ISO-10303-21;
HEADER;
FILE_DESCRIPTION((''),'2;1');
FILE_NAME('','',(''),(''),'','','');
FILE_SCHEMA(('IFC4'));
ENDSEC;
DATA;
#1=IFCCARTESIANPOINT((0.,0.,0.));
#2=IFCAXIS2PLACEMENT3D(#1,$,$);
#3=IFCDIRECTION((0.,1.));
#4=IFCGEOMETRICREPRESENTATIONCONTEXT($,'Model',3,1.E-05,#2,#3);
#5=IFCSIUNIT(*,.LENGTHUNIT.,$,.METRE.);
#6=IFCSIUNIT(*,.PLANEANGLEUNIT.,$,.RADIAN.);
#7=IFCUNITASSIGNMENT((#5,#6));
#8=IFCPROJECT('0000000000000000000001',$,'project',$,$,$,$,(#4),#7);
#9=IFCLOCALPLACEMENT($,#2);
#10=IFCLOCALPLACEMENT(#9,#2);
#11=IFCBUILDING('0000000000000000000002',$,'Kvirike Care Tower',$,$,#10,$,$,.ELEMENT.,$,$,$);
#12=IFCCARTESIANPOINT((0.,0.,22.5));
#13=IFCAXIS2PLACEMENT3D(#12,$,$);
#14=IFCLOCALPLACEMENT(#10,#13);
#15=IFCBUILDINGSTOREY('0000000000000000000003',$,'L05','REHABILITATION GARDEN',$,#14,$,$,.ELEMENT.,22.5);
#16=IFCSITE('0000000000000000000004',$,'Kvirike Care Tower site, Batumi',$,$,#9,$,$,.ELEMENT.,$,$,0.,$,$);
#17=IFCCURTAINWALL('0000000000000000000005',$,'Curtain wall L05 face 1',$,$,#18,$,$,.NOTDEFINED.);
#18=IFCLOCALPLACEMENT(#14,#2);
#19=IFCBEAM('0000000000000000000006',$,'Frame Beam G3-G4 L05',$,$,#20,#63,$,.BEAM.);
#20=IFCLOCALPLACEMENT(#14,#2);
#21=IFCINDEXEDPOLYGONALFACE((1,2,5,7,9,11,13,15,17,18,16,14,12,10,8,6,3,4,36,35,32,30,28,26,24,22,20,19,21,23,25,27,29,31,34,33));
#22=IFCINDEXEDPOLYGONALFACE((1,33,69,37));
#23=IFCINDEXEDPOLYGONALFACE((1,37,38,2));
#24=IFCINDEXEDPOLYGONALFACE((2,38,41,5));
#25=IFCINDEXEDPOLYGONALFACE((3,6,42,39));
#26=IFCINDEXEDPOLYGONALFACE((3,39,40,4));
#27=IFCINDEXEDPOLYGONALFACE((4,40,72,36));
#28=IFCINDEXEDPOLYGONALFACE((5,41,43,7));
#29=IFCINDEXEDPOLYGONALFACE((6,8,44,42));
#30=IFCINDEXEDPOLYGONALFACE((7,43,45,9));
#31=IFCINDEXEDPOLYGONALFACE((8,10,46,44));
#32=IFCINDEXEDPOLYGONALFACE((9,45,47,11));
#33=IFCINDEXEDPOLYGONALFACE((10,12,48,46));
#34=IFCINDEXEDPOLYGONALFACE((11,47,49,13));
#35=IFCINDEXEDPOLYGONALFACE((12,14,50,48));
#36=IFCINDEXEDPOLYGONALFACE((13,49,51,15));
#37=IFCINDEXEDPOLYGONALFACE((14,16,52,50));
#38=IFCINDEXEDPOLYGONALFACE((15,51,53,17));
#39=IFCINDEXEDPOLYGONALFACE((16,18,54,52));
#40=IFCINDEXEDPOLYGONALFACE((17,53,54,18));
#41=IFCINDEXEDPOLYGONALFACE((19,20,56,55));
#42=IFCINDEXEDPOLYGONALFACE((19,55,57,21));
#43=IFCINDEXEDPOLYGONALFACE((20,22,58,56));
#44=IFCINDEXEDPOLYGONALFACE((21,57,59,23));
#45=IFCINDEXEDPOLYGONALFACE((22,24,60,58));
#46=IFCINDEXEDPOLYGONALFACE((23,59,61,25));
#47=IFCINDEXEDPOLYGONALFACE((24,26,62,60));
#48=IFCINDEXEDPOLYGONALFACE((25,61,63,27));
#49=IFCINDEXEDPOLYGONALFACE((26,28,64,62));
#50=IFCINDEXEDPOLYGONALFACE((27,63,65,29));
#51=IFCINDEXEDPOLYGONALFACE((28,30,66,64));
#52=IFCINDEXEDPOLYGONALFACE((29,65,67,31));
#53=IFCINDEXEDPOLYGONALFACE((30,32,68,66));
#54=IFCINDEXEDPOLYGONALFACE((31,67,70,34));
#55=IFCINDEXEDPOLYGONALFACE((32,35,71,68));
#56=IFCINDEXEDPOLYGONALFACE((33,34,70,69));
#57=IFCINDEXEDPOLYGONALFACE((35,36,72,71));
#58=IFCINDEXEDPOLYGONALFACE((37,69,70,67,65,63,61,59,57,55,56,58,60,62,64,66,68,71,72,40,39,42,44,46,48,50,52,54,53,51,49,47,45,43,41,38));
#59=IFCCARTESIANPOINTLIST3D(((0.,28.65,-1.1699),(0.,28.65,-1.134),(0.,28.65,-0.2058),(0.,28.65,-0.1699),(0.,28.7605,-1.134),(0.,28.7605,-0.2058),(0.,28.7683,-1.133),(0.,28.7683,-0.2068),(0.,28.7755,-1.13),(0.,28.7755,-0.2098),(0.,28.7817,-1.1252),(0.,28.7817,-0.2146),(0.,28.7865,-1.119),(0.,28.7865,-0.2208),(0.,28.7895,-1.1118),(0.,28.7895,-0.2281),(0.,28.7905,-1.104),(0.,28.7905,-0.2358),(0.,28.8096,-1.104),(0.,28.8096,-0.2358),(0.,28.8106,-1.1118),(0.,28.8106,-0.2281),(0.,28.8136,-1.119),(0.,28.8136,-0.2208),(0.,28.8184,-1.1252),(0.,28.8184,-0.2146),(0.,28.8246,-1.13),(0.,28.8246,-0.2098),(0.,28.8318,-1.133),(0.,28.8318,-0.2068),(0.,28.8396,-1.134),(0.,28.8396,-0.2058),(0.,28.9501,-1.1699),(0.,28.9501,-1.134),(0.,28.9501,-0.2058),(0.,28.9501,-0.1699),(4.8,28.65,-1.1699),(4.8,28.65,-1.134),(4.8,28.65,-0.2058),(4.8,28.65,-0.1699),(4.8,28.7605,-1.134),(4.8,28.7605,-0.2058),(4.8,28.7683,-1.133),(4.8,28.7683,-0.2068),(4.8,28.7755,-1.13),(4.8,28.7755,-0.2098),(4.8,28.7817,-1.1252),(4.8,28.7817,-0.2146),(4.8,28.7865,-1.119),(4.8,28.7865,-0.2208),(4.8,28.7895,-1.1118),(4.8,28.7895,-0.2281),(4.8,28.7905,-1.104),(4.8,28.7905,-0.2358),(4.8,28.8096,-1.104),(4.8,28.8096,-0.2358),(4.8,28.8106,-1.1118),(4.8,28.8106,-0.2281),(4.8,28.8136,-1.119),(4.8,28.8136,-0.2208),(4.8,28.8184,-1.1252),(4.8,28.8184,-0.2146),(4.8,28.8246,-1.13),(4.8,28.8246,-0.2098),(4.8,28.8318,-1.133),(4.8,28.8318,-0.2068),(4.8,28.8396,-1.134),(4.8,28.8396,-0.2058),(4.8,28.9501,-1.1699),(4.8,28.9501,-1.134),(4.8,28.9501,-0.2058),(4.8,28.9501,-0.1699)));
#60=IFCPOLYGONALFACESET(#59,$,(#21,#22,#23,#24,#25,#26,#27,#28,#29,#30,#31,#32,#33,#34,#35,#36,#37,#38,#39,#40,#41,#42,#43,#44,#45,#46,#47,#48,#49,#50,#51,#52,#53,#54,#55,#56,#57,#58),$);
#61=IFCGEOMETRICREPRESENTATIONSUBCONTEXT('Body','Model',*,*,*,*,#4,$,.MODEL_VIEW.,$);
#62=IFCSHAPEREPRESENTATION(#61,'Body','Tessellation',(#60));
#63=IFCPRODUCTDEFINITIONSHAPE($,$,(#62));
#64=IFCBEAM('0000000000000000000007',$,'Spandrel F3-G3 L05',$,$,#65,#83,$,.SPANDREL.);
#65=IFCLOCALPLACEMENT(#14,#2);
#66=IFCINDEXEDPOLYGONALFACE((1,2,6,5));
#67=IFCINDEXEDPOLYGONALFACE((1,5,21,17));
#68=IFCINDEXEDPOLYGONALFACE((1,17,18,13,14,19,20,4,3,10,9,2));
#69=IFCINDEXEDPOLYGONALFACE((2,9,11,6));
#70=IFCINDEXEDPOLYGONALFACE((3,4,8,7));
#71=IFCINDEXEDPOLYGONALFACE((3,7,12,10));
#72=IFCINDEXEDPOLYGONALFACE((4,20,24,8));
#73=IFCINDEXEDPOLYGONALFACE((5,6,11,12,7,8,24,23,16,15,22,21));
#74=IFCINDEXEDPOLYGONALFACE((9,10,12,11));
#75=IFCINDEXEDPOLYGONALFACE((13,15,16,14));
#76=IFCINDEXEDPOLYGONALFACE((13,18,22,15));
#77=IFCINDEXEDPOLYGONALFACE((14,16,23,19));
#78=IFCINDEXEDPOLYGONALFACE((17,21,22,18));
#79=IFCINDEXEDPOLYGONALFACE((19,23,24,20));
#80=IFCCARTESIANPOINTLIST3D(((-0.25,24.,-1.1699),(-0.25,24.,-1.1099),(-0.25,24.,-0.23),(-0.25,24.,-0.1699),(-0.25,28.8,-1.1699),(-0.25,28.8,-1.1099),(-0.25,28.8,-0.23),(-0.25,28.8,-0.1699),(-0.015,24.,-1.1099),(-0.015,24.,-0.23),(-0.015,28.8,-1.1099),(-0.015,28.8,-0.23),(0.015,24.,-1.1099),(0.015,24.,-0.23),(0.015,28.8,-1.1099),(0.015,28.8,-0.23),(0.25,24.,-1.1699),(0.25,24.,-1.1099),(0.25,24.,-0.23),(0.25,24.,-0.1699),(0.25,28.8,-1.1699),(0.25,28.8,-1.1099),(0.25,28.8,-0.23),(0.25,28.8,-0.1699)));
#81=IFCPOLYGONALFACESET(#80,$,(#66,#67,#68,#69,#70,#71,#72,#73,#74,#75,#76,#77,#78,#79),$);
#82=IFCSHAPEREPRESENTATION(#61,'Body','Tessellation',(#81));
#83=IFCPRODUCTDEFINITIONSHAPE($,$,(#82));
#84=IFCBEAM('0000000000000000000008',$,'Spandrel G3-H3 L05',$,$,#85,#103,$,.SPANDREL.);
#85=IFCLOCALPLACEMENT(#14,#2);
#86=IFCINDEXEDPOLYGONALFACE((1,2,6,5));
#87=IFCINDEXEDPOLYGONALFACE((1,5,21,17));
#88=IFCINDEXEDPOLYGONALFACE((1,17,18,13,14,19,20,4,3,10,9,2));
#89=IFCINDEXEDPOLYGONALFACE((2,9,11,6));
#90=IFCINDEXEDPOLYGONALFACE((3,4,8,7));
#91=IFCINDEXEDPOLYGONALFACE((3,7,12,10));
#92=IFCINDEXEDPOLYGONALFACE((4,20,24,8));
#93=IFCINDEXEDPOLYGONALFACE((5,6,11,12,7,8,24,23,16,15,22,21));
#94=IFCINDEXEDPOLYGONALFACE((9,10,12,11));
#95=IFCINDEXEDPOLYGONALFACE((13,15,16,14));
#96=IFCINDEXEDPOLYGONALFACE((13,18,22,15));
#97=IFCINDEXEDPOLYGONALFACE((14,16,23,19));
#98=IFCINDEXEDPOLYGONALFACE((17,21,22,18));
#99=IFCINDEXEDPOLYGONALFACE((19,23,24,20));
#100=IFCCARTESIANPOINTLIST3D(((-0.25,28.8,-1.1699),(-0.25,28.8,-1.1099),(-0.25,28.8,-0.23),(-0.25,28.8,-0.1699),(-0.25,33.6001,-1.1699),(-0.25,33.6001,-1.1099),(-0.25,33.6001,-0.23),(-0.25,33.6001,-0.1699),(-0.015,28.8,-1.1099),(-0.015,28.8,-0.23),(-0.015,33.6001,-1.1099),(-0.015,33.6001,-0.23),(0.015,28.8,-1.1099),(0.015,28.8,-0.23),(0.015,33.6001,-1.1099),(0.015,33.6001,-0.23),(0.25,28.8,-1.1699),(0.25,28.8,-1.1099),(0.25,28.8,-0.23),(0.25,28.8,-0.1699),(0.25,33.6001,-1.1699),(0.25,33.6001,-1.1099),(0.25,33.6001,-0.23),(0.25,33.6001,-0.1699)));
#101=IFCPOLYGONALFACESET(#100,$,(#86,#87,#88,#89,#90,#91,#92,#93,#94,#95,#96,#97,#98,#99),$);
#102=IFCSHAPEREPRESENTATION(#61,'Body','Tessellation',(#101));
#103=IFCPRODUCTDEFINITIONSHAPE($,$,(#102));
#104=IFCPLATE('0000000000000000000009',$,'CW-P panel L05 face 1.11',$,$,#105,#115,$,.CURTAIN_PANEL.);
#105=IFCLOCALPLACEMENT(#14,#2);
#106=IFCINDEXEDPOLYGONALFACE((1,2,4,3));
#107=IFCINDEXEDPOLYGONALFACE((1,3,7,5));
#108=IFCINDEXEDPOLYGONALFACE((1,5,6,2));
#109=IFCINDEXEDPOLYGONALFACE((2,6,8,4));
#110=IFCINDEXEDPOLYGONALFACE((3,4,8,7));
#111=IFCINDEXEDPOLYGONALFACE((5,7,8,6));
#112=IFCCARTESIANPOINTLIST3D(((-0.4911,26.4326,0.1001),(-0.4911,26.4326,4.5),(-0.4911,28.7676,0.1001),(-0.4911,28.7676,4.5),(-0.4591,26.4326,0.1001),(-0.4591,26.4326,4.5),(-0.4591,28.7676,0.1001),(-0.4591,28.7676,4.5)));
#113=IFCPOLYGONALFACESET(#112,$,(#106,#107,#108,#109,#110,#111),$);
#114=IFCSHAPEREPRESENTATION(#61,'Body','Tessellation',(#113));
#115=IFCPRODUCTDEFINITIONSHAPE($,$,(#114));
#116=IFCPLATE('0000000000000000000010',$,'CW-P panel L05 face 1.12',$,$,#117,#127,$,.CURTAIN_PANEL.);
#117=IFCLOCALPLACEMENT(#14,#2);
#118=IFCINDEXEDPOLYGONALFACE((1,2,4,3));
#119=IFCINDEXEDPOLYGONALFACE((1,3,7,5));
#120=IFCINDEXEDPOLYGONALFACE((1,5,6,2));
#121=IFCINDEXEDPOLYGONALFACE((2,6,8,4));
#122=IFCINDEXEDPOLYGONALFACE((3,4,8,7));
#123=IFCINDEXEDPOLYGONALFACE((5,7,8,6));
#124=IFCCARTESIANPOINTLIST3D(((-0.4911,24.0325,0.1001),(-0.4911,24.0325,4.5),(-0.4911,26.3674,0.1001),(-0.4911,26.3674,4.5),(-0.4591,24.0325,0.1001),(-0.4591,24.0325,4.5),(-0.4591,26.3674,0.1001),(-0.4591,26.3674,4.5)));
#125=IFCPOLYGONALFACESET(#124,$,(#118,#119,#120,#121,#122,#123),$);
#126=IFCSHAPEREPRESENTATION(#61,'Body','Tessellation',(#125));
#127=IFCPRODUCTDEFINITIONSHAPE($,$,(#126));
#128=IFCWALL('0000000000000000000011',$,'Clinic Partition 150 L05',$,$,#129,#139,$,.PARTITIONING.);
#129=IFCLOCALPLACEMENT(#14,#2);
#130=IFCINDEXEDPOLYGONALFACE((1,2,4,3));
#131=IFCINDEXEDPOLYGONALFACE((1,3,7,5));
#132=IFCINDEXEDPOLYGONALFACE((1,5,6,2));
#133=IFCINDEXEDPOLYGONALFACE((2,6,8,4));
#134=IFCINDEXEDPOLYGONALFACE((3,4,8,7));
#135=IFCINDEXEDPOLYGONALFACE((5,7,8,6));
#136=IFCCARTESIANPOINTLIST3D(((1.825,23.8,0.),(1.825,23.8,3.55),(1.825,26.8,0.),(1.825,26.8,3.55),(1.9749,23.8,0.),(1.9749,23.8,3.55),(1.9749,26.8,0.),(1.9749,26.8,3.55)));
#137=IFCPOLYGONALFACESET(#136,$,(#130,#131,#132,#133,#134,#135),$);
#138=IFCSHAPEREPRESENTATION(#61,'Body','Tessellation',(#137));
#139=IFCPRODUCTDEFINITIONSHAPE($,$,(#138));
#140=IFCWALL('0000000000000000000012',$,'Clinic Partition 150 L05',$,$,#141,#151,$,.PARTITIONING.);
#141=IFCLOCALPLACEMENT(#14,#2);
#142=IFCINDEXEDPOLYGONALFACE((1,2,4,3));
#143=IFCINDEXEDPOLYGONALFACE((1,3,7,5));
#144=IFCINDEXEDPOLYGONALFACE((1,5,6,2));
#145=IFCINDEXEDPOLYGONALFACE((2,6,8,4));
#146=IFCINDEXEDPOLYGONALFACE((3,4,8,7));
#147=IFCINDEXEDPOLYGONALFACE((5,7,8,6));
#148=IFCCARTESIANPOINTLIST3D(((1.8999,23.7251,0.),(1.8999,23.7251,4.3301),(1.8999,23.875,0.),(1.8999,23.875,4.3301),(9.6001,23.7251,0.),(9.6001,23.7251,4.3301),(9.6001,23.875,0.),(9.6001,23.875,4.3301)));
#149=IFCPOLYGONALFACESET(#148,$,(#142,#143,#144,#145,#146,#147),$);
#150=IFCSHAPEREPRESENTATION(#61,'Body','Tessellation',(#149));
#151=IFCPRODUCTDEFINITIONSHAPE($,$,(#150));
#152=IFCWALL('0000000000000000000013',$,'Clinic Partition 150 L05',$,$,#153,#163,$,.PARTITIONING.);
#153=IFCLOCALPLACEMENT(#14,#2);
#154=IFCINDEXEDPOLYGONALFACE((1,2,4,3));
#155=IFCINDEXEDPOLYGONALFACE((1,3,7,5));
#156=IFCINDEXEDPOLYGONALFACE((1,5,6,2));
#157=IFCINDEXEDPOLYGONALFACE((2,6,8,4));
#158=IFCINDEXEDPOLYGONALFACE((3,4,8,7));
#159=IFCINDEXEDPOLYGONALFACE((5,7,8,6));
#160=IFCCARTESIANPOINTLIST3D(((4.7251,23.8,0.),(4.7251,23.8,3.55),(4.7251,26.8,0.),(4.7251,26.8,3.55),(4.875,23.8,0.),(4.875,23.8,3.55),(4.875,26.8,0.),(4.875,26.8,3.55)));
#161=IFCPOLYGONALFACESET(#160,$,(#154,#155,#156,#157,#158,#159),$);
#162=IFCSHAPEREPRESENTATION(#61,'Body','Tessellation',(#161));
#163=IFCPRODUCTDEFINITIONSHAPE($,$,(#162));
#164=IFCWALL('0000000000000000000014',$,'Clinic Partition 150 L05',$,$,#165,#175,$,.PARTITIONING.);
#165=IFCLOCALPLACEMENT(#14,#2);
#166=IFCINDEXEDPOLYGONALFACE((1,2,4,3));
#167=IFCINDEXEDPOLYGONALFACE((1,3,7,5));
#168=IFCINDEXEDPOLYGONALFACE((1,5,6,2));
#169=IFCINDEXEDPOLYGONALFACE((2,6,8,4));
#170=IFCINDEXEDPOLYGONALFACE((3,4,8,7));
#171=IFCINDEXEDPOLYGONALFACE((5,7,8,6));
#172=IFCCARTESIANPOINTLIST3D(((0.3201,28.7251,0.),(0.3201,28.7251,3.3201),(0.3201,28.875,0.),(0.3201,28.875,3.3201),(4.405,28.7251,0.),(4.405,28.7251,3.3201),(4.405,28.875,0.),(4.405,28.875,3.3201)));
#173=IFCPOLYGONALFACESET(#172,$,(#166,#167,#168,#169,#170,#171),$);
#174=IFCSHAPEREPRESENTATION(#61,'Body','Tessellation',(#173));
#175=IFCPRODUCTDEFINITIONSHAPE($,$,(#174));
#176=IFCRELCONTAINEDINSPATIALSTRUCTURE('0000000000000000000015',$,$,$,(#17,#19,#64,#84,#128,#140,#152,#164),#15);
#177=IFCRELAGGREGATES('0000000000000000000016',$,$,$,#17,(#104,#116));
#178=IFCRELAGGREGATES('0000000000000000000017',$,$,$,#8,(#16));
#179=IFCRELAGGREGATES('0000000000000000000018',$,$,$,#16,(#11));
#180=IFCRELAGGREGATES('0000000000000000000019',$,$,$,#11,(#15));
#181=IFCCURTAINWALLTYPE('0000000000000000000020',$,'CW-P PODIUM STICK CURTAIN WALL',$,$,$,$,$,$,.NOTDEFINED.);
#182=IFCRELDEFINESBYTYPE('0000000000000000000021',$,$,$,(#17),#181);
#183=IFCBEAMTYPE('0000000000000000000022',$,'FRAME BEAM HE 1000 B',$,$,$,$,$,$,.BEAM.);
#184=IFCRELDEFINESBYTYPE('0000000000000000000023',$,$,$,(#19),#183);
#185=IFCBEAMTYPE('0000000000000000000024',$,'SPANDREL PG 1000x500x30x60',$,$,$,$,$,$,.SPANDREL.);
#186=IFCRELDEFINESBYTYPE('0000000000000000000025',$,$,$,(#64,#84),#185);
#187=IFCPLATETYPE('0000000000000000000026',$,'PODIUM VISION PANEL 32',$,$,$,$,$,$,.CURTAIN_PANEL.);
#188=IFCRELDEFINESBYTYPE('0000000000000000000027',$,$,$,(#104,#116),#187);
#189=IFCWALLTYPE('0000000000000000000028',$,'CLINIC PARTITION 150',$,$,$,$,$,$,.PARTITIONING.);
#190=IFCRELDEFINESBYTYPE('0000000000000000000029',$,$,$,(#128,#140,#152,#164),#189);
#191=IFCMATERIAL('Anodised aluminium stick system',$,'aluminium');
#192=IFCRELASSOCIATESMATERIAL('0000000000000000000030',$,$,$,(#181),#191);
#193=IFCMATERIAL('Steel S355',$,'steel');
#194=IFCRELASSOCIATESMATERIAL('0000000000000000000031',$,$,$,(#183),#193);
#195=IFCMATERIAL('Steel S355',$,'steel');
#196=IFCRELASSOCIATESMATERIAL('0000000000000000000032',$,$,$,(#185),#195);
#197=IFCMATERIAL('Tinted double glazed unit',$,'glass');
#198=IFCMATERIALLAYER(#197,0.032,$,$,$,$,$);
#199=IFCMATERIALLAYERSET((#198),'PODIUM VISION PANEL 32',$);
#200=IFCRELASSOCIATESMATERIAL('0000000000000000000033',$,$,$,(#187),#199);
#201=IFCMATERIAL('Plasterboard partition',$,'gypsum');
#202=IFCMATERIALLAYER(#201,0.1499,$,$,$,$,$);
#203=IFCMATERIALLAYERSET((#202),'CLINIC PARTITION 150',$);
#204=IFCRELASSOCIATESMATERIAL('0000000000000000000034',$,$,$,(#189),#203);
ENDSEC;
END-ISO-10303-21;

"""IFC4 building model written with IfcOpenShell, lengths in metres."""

from ifc_helpers import new_model, si_unit, direction, frame, frame_2d, origin, origin_2d, place, context, subcontext, project, spatial, rectangle, i_section, extrude, material, layer, layer_set, material_profile, profile_set, type_object, element, aggregate, save


model = new_model("IFC4")

# Units and contexts
model_context = context("Model", 3, precision=1e-05, world=origin(), true_north=direction((0.0, 1.0)))
body_context = subcontext(model_context, "Body", "Model", "MODEL_VIEW")
ifc_project = project(units=[si_unit("LENGTHUNIT", "METRE"), si_unit("PLANEANGLEUNIT", "RADIAN")], contexts=[model_context])

# Site, building, storey
site_placement = place(None, origin())
site = spatial("IfcSite", under=ifc_project, at=site_placement, Name="Kvirike Care Tower site, Batumi", CompositionType="ELEMENT", RefElevation=0.0)
building_placement = place(site_placement, origin())
building = spatial("IfcBuilding", under=site, at=building_placement, Name="Kvirike Care Tower", CompositionType="ELEMENT")
storey_placement = place(building_placement, frame((0.0, 0.0, 22.5)))
storey = spatial("IfcBuildingStorey", under=building, at=storey_placement, Name="L05", Description="REHABILITATION GARDEN", CompositionType="ELEMENT", Elevation=22.5)

# Curtain wall
ifc_material_1 = material(Name="Anodised aluminium stick system", Category="aluminium")
curtain_wall_type = type_object("IfcCurtainWallType", Name="CW-P PODIUM STICK CURTAIN WALL", PredefinedType="NOTDEFINED", material=ifc_material_1)
curtain_wall_placement = place(storey_placement, origin())
curtain_wall = element("IfcCurtainWall", 1, at=curtain_wall_placement, inside=storey, type_object=curtain_wall_type, Name="Curtain wall L05 face 1", PredefinedType="NOTDEFINED")

# Beams
ifc_material_2 = material(Name="Steel S355", Category="steel")
ifc_material_profile_1 = material_profile(ifc_material_2, i_section(OverallWidth=0.3, OverallDepth=1.0, WebThickness=0.019, FlangeThickness=0.0359, FilletRadius=0.03, at=origin_2d()), Name="HE 1000 B")
ifc_profile_set_1 = profile_set([ifc_material_profile_1], Name="Steel S355")
beam_type_1 = type_object("IfcBeamType", Name="FRAME BEAM HE 1000 B", PredefinedType="BEAM", material=ifc_profile_set_1)
beam_1_placement = place(storey_placement, frame((0.0, 28.8, -0.6699), z_axis=(1.0, 0.0, 0.0), x_axis=(0.0, 1.0, 0.0)))
element("IfcBeam", 2, at=beam_1_placement, inside=storey, type_object=beam_type_1, Name="Frame Beam G3-G4 L05", PredefinedType="BEAM", context=body_context, shape_type="SweptSolid", body=[
    extrude(i_section(OverallWidth=0.3, OverallDepth=1.0, WebThickness=0.019, FlangeThickness=0.0359, FilletRadius=0.03, at=origin_2d()), origin(), (0.0, 0.0, 1.0), 4.8),
])
ifc_material_3 = material(Name="Steel S355", Category="steel")
ifc_material_profile_2 = material_profile(ifc_material_3, i_section(OverallWidth=0.5, OverallDepth=1.0, WebThickness=0.03, FlangeThickness=0.0601, at=origin_2d()), Name="PG 1000x500x30x60")
ifc_profile_set_2 = profile_set([ifc_material_profile_2], Name="Steel S355")
beam_type_2 = type_object("IfcBeamType", Name="SPANDREL PG 1000x500x30x60", PredefinedType="SPANDREL", material=ifc_profile_set_2)
for number, where, z_axis, x_axis, name in (
    (3, (0.0, 24.0, -0.6699), (0.0, 1.0, 0.0), (-1.0, 0.0, 0.0), "Spandrel F3-G3 L05"),
    (4, (0.0, 28.8, -0.6699), (0.0, 1.0, 0.0), (-1.0, 0.0, 0.0), "Spandrel G3-H3 L05"),
):
    element("IfcBeam", number, at=place(storey_placement, frame(where, z_axis=z_axis, x_axis=x_axis)), inside=storey, type_object=beam_type_2, Name=name, PredefinedType="SPANDREL", context=body_context, shape_type="SweptSolid", body=[
        extrude(i_section(OverallWidth=0.5, OverallDepth=1.0, WebThickness=0.03, FlangeThickness=0.0601, at=origin_2d()), origin(), (0.0, 0.0, 1.0), 4.8),
    ])

# Plates
ifc_material_4 = material(Name="Tinted double glazed unit", Category="glass")
ifc_layer_1 = layer(ifc_material_4, 0.032)
ifc_layer_set_1 = layer_set([ifc_layer_1], Name="PODIUM VISION PANEL 32")
plate_type = type_object("IfcPlateType", Name="PODIUM VISION PANEL 32", PredefinedType="CURTAIN_PANEL", material=ifc_layer_set_1)
plate_1_placement = place(storey_placement, frame((-0.4751, 27.6001, 0.1001), z_axis=(0.0, 0.0, 1.0), x_axis=(0.0, -1.0, 0.0)))
plate_1 = element("IfcPlate", 5, at=plate_1_placement, type_object=plate_type, Name="CW-P panel L05 face 1.11", PredefinedType="CURTAIN_PANEL", context=body_context, shape_type="SweptSolid", body=[
    extrude(rectangle(XDim=2.335, YDim=0.032, at=origin_2d()), origin(), (0.0, 0.0, 1.0), 4.3999),
])
plate_2_placement = place(storey_placement, frame((-0.4751, 25.2, 0.1001), z_axis=(0.0, 0.0, 1.0), x_axis=(0.0, -1.0, 0.0)))
plate_2 = element("IfcPlate", 6, at=plate_2_placement, type_object=plate_type, Name="CW-P panel L05 face 1.12", PredefinedType="CURTAIN_PANEL", context=body_context, shape_type="SweptSolid", body=[
    extrude(rectangle(XDim=2.335, YDim=0.032, at=origin_2d()), origin(), (0.0, 0.0, 1.0), 4.3999),
])
aggregate(curtain_wall, [plate_1, plate_2])

# Walls
ifc_material_5 = material(Name="Plasterboard partition", Category="gypsum")
ifc_layer_2 = layer(ifc_material_5, 0.1499)
ifc_layer_set_2 = layer_set([ifc_layer_2], Name="CLINIC PARTITION 150")
wall_type_1 = type_object("IfcWallType", Name="CLINIC PARTITION 150", PredefinedType="PARTITIONING", material=ifc_layer_set_2)
wall_1_placement = place(storey_placement, frame((1.8999, 23.8, 0.0), z_axis=(0.0, 0.0, 1.0), x_axis=(0.0, 1.0, 0.0)))
element("IfcWall", 7, at=wall_1_placement, inside=storey, type_object=wall_type_1, Name="Clinic Partition 150 L05", PredefinedType="PARTITIONING", context=body_context, shape_type="SweptSolid", body=[
    extrude(rectangle(XDim=3.0, YDim=0.1499, at=frame_2d((1.5, 0.0))), origin(), (0.0, 0.0, 1.0), 3.55),
])
wall_2_placement = place(storey_placement, frame((1.8999, 23.8, 0.0), z_axis=(0.0, 0.0, 1.0), x_axis=(1.0, 0.0, 0.0)))
element("IfcWall", 8, at=wall_2_placement, inside=storey, type_object=wall_type_1, Name="Clinic Partition 150 L05", PredefinedType="PARTITIONING", context=body_context, shape_type="SweptSolid", body=[
    extrude(rectangle(XDim=7.7002, YDim=0.1499, at=frame_2d((3.8501, 0.0))), origin(), (0.0, 0.0, 1.0), 4.3301),
])
wall_3_placement = place(storey_placement, frame((4.8, 23.8, 0.0), z_axis=(0.0, 0.0, 1.0), x_axis=(0.0, 1.0, 0.0)))
element("IfcWall", 9, at=wall_3_placement, inside=storey, type_object=wall_type_1, Name="Clinic Partition 150 L05", PredefinedType="PARTITIONING", context=body_context, shape_type="SweptSolid", body=[
    extrude(rectangle(XDim=3.0, YDim=0.1499, at=frame_2d((1.5, 0.0))), origin(), (0.0, 0.0, 1.0), 3.55),
])
wall_4_placement = place(storey_placement, frame((4.405, 28.8, 0.0), z_axis=(0.0, 0.0, 1.0), x_axis=(-1.0, 0.0, 0.0)))
element("IfcWall", 10, at=wall_4_placement, inside=storey, type_object=wall_type_1, Name="Clinic Partition 150 L05", PredefinedType="PARTITIONING", context=body_context, shape_type="SweptSolid", body=[
    extrude(rectangle(XDim=4.085, YDim=0.1499, at=frame_2d((2.0425, 0.0))), origin(), (0.0, 0.0, 1.0), 3.3201),
])

save(model, "model.ifc")
